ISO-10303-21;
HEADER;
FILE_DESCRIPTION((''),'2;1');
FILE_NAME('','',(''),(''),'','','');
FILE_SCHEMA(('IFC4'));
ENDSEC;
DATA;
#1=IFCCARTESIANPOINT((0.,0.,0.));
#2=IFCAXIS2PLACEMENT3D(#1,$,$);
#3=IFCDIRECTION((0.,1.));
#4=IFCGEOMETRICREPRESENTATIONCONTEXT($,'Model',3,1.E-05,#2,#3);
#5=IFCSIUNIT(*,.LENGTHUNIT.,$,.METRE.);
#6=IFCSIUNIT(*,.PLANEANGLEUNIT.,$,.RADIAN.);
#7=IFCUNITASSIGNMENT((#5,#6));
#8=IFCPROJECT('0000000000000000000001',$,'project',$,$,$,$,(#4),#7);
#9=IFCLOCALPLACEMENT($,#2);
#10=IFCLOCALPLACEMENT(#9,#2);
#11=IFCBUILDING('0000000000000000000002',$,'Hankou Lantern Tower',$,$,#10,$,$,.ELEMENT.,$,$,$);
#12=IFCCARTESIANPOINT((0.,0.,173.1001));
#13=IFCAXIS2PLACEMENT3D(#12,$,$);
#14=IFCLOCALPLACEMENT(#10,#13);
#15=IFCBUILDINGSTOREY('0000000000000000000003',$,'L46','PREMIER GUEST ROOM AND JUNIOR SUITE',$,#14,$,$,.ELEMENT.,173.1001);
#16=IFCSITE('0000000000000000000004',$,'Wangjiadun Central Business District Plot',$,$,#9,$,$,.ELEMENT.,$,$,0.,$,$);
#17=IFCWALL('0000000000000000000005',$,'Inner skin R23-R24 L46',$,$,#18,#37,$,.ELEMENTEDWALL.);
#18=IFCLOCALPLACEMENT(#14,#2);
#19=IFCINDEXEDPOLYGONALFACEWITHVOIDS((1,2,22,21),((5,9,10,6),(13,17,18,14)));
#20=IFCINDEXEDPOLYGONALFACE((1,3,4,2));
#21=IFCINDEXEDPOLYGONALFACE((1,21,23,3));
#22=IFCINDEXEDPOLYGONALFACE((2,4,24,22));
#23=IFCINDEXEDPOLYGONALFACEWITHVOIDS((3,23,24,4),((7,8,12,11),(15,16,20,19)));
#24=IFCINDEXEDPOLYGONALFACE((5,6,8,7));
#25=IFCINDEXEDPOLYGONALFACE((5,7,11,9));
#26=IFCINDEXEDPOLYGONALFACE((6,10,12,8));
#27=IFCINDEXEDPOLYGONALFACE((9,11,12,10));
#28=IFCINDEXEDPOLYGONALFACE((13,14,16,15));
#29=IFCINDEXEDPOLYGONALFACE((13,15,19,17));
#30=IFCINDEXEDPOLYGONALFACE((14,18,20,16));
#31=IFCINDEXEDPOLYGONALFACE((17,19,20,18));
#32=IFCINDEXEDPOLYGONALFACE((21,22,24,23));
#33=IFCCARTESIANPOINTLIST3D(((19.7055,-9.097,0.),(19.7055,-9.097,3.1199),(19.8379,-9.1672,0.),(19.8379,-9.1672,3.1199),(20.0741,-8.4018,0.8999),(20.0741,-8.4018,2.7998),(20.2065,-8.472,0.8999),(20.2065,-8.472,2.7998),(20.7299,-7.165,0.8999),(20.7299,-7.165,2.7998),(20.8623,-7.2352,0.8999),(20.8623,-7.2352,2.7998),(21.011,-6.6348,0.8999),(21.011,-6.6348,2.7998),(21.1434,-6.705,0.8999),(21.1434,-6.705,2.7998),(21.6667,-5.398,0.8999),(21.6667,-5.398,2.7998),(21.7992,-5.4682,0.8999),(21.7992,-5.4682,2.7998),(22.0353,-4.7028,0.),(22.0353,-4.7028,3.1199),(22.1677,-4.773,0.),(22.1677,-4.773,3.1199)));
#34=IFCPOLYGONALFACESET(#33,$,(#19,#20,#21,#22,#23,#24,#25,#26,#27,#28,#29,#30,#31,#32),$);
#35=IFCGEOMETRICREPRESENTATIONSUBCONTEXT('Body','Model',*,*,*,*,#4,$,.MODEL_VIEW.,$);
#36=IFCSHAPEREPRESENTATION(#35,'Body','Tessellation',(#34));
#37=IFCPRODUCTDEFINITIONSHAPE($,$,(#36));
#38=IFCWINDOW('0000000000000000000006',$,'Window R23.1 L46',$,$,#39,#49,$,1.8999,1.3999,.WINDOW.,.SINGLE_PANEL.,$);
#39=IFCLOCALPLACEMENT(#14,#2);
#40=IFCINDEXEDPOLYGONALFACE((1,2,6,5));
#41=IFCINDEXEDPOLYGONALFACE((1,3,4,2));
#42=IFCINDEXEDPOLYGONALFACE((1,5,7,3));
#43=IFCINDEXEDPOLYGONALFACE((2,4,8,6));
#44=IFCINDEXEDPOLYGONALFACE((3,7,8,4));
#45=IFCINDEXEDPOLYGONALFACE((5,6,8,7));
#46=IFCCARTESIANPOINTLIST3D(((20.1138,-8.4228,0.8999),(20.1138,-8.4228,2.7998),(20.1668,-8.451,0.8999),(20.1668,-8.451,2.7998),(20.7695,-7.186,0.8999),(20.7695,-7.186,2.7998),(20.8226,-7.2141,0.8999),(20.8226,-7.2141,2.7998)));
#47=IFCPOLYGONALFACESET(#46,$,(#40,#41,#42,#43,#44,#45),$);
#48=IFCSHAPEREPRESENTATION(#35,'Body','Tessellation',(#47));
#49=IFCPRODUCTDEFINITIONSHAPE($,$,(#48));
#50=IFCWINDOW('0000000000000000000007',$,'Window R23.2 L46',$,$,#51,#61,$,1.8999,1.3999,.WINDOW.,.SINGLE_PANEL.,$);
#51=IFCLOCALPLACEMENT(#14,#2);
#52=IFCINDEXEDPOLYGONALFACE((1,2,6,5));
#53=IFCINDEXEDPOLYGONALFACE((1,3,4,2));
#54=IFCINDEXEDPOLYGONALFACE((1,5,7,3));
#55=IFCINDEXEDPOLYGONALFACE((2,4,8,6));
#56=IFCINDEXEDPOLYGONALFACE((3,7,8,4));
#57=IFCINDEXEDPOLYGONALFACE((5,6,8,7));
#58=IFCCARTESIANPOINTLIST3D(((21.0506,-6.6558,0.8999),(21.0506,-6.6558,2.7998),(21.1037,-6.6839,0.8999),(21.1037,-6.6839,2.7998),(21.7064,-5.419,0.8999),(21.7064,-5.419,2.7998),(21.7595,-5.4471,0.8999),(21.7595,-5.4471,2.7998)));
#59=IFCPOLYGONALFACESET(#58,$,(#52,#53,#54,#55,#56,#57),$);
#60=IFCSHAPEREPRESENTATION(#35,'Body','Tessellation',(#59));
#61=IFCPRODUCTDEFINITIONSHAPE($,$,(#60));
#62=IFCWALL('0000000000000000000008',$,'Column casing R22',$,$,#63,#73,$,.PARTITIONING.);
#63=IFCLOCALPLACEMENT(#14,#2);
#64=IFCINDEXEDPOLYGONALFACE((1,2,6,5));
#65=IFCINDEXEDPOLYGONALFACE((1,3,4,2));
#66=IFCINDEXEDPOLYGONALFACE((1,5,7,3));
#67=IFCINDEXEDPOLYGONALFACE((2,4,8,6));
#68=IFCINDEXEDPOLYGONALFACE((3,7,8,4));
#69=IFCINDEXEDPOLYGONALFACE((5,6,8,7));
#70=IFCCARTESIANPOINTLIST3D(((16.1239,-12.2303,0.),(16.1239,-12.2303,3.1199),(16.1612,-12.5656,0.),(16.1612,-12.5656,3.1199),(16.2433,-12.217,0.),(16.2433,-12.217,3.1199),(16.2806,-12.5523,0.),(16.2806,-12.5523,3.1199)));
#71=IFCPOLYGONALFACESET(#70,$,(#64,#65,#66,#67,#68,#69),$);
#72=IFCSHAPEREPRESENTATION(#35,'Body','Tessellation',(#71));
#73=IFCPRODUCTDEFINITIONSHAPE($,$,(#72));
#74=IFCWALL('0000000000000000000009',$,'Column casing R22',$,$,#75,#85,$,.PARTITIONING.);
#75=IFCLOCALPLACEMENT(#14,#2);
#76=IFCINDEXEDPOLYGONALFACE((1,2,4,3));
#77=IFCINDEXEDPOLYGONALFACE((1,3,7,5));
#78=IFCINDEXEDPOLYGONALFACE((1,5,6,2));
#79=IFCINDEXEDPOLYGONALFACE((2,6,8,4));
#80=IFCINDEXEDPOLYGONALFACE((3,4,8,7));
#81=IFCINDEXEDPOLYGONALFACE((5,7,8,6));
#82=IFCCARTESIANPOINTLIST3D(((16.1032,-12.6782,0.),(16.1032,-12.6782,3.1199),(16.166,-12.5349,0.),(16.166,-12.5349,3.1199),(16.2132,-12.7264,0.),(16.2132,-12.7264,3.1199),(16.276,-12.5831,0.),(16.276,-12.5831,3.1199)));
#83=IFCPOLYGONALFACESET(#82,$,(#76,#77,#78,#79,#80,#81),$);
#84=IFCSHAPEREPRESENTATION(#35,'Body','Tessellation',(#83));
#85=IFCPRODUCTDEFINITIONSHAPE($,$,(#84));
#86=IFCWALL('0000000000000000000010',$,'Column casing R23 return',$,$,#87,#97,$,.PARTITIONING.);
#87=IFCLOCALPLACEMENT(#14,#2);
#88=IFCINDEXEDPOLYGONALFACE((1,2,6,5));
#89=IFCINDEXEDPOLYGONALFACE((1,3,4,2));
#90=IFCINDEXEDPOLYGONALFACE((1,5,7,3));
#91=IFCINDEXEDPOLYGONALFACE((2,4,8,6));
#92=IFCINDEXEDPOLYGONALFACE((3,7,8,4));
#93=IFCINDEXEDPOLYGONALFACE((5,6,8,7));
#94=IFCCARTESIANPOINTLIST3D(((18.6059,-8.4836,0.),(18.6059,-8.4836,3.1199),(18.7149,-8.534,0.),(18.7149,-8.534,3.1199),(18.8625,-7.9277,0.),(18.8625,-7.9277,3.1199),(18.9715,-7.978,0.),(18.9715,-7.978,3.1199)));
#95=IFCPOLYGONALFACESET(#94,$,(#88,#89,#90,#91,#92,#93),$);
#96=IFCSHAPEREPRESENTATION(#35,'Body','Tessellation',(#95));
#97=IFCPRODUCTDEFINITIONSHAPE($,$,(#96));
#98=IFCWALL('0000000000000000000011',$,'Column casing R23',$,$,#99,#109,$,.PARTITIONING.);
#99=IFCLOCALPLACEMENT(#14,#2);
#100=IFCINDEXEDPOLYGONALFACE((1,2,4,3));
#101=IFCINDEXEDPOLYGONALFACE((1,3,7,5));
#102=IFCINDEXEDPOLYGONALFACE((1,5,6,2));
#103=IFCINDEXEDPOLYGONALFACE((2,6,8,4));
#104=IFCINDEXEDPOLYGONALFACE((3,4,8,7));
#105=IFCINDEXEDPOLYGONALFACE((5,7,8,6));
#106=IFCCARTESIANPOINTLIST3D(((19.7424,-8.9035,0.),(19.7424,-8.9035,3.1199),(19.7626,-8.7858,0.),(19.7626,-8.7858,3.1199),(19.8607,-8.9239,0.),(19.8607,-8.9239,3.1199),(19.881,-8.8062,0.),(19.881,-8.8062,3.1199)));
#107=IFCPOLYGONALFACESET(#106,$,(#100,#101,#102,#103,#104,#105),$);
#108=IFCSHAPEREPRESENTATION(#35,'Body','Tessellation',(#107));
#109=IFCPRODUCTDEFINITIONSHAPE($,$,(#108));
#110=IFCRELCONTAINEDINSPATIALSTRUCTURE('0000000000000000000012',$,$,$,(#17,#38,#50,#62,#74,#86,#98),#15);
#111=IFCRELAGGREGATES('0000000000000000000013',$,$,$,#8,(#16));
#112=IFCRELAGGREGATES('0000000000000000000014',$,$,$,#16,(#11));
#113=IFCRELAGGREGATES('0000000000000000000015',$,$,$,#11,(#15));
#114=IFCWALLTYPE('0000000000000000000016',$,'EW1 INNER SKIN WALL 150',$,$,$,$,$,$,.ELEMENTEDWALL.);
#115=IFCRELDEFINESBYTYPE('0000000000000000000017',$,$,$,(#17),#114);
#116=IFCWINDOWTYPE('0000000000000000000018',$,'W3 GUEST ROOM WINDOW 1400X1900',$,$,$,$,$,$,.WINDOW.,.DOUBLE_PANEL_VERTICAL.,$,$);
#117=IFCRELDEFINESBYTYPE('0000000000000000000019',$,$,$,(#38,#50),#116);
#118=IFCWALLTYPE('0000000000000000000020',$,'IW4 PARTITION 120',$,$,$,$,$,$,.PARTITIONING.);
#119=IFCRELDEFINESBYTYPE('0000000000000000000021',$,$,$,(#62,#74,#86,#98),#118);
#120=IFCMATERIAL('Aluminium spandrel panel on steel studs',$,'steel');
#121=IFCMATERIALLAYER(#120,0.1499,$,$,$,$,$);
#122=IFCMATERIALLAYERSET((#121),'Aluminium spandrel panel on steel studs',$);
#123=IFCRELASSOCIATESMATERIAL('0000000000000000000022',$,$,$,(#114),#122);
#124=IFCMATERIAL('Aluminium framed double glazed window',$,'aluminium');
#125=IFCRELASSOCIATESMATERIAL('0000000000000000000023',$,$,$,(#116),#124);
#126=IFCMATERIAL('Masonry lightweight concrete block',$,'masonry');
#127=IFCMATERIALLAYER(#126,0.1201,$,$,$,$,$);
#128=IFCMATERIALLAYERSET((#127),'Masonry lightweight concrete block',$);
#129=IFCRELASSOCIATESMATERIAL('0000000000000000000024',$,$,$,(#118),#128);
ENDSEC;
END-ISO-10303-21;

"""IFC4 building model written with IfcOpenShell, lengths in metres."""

from ifc_helpers import new_model, si_unit, direction, frame, frame_2d, origin, place, context, subcontext, project, spatial, rectangle, extrude, material, layer, layer_set, type_object, element, fill, save


model = new_model("IFC4")

# Units and contexts
model_context = context("Model", 3, precision=1e-05, world=origin(), true_north=direction((0.0, 1.0)))
body_context = subcontext(model_context, "Body", "Model", "MODEL_VIEW")
ifc_project = project(units=[si_unit("LENGTHUNIT", "METRE"), si_unit("PLANEANGLEUNIT", "RADIAN")], contexts=[model_context])

# Site, building, storey
site_placement = place(None, origin())
site = spatial("IfcSite", under=ifc_project, at=site_placement, Name="Wangjiadun Central Business District Plot", CompositionType="ELEMENT", RefElevation=0.0)
building_placement = place(site_placement, origin())
building = spatial("IfcBuilding", under=site, at=building_placement, Name="Hankou Lantern Tower", CompositionType="ELEMENT")
storey_placement = place(building_placement, frame((0.0, 0.0, 173.1001)))
storey = spatial("IfcBuildingStorey", under=building, at=storey_placement, Name="L46", Description="PREMIER GUEST ROOM AND JUNIOR SUITE", CompositionType="ELEMENT", Elevation=173.1001)

# Wall, openings, windows
ifc_material_1 = material(Name="Aluminium spandrel panel on steel studs", Category="steel")
ifc_layer_1 = layer(ifc_material_1, 0.1499)
ifc_layer_set_1 = layer_set([ifc_layer_1], Name="Aluminium spandrel panel on steel studs")
wall_type_1 = type_object("IfcWallType", Name="EW1 INNER SKIN WALL 150", PredefinedType="ELEMENTEDWALL", material=ifc_layer_set_1)
wall_1_placement = place(storey_placement, frame((19.7717, -9.1321, 0.0), z_axis=(0.0, 0.0, 1.0), x_axis=(0.468429, 0.883501, 0.0)))
wall_1 = element("IfcWall", 1, at=wall_1_placement, inside=storey, type_object=wall_type_1, Name="Inner skin R23-R24 L46", PredefinedType="ELEMENTEDWALL", context=body_context, shape_type="SweptSolid", body=[
    extrude(rectangle(XDim=4.9736, YDim=0.1499, at=frame_2d((2.4868, 0.0))), origin(), (0.0, 0.0, 1.0), 3.1199),
])
opening_1_placement = place(wall_1_placement, frame((0.7869, 0.0, 0.8999)))
opening_1 = element("IfcOpeningElement", 2, at=opening_1_placement, cuts=wall_1, PredefinedType="OPENING", context=body_context, shape_type="SweptSolid", body=[
    extrude(rectangle(XDim=1.3999, YDim=1.8999, at=frame_2d((0.7, 0.95))), frame((0.0, 0.085, 0.0), z_axis=(0.0, -1.0, 0.0), x_axis=(1.0, 0.0, 0.0)), (0.0, 0.0, 1.0), 0.1699),
])
opening_2_placement = place(wall_1_placement, frame((2.7869, 0.0, 0.8999)))
opening_2 = element("IfcOpeningElement", 3, at=opening_2_placement, cuts=wall_1, PredefinedType="OPENING", context=body_context, shape_type="SweptSolid", body=[
    extrude(rectangle(XDim=1.3999, YDim=1.8999, at=frame_2d((0.7, 0.95))), frame((0.0, 0.085, 0.0), z_axis=(0.0, -1.0, 0.0), x_axis=(1.0, 0.0, 0.0)), (0.0, 0.0, 1.0), 0.1699),
])
ifc_material_2 = material(Name="Aluminium framed double glazed window", Category="aluminium")
window_type = type_object("IfcWindowType", Name="W3 GUEST ROOM WINDOW 1400X1900", PartitioningType="DOUBLE_PANEL_VERTICAL", PredefinedType="WINDOW", material=ifc_material_2)
window_1_placement = place(opening_1_placement, origin())
window_1 = element("IfcWindow", 4, at=window_1_placement, inside=storey, type_object=window_type, Name="Window R23.1 L46", OverallHeight=1.8999, OverallWidth=1.3999, PartitioningType="SINGLE_PANEL", PredefinedType="WINDOW", context=body_context, shape_type="SweptSolid", body=[
    extrude(rectangle(XDim=1.3999, YDim=1.8999, at=frame_2d((0.7, 0.95))), frame((0.0, 0.03, 0.0), z_axis=(0.0, -1.0, 0.0), x_axis=(1.0, 0.0, 0.0)), (0.0, 0.0, 1.0), 0.0601),
])
fill(opening_1, window_1)
window_2_placement = place(opening_2_placement, origin())
window_2 = element("IfcWindow", 5, at=window_2_placement, inside=storey, type_object=window_type, Name="Window R23.2 L46", OverallHeight=1.8999, OverallWidth=1.3999, PartitioningType="SINGLE_PANEL", PredefinedType="WINDOW", context=body_context, shape_type="SweptSolid", body=[
    extrude(rectangle(XDim=1.3999, YDim=1.8999, at=frame_2d((0.7, 0.95))), frame((0.0, 0.03, 0.0), z_axis=(0.0, -1.0, 0.0), x_axis=(1.0, 0.0, 0.0)), (0.0, 0.0, 1.0), 0.0601),
])
fill(opening_2, window_2)

# Walls
ifc_material_3 = material(Name="Masonry lightweight concrete block", Category="masonry")
ifc_layer_2 = layer(ifc_material_3, 0.1201)
ifc_layer_set_2 = layer_set([ifc_layer_2], Name="Masonry lightweight concrete block")
wall_type_2 = type_object("IfcWallType", Name="IW4 PARTITION 120", PredefinedType="PARTITIONING", material=ifc_layer_set_2)
wall_2_placement = place(storey_placement, frame((16.1836, -12.2236, 0.0), z_axis=(0.0, 0.0, 1.0), x_axis=(0.11067, -0.993857, 0.0)))
element("IfcWall", 6, at=wall_2_placement, inside=storey, type_object=wall_type_2, Name="Column casing R22", PredefinedType="PARTITIONING", context=body_context, shape_type="SweptSolid", body=[
    extrude(rectangle(XDim=0.3374, YDim=0.1201, at=frame_2d((0.1687, 0.0))), origin(), (0.0, 0.0, 1.0), 3.1199),
])
wall_3_placement = place(storey_placement, frame((16.2209, -12.5591, 0.0), z_axis=(0.0, 0.0, 1.0), x_axis=(-0.401064, -0.91605, 0.0)))
element("IfcWall", 7, at=wall_3_placement, inside=storey, type_object=wall_type_2, Name="Column casing R22", PredefinedType="PARTITIONING", context=body_context, shape_type="SweptSolid", body=[
    extrude(rectangle(XDim=0.1565, YDim=0.1201, at=frame_2d((0.0781, 0.0))), origin(), (0.0, 0.0, 1.0), 3.1199),
])
wall_4_placement = place(storey_placement, frame((18.6604, -8.5088, 0.0), z_axis=(0.0, 0.0, 1.0), x_axis=(0.419083, 0.907948, 0.0)))
element("IfcWall", 8, at=wall_4_placement, inside=storey, type_object=wall_type_2, Name="Column casing R23 return", PredefinedType="PARTITIONING", context=body_context, shape_type="SweptSolid", body=[
    extrude(rectangle(XDim=0.6123, YDim=0.1201, at=frame_2d((0.3062, 0.0))), origin(), (0.0, 0.0, 1.0), 3.1199),
])
wall_5_placement = place(storey_placement, frame((19.8218, -8.7961, 0.0), z_axis=(0.0, 0.0, 1.0), x_axis=(-0.169702, -0.985496, 0.0)))
element("IfcWall", 9, at=wall_5_placement, inside=storey, type_object=wall_type_2, Name="Column casing R23", PredefinedType="PARTITIONING", context=body_context, shape_type="SweptSolid", body=[
    extrude(rectangle(XDim=0.1194, YDim=0.1201, at=frame_2d((0.0596, 0.0))), origin(), (0.0, 0.0, 1.0), 3.1199),
])

save(model, "model.ifc")
